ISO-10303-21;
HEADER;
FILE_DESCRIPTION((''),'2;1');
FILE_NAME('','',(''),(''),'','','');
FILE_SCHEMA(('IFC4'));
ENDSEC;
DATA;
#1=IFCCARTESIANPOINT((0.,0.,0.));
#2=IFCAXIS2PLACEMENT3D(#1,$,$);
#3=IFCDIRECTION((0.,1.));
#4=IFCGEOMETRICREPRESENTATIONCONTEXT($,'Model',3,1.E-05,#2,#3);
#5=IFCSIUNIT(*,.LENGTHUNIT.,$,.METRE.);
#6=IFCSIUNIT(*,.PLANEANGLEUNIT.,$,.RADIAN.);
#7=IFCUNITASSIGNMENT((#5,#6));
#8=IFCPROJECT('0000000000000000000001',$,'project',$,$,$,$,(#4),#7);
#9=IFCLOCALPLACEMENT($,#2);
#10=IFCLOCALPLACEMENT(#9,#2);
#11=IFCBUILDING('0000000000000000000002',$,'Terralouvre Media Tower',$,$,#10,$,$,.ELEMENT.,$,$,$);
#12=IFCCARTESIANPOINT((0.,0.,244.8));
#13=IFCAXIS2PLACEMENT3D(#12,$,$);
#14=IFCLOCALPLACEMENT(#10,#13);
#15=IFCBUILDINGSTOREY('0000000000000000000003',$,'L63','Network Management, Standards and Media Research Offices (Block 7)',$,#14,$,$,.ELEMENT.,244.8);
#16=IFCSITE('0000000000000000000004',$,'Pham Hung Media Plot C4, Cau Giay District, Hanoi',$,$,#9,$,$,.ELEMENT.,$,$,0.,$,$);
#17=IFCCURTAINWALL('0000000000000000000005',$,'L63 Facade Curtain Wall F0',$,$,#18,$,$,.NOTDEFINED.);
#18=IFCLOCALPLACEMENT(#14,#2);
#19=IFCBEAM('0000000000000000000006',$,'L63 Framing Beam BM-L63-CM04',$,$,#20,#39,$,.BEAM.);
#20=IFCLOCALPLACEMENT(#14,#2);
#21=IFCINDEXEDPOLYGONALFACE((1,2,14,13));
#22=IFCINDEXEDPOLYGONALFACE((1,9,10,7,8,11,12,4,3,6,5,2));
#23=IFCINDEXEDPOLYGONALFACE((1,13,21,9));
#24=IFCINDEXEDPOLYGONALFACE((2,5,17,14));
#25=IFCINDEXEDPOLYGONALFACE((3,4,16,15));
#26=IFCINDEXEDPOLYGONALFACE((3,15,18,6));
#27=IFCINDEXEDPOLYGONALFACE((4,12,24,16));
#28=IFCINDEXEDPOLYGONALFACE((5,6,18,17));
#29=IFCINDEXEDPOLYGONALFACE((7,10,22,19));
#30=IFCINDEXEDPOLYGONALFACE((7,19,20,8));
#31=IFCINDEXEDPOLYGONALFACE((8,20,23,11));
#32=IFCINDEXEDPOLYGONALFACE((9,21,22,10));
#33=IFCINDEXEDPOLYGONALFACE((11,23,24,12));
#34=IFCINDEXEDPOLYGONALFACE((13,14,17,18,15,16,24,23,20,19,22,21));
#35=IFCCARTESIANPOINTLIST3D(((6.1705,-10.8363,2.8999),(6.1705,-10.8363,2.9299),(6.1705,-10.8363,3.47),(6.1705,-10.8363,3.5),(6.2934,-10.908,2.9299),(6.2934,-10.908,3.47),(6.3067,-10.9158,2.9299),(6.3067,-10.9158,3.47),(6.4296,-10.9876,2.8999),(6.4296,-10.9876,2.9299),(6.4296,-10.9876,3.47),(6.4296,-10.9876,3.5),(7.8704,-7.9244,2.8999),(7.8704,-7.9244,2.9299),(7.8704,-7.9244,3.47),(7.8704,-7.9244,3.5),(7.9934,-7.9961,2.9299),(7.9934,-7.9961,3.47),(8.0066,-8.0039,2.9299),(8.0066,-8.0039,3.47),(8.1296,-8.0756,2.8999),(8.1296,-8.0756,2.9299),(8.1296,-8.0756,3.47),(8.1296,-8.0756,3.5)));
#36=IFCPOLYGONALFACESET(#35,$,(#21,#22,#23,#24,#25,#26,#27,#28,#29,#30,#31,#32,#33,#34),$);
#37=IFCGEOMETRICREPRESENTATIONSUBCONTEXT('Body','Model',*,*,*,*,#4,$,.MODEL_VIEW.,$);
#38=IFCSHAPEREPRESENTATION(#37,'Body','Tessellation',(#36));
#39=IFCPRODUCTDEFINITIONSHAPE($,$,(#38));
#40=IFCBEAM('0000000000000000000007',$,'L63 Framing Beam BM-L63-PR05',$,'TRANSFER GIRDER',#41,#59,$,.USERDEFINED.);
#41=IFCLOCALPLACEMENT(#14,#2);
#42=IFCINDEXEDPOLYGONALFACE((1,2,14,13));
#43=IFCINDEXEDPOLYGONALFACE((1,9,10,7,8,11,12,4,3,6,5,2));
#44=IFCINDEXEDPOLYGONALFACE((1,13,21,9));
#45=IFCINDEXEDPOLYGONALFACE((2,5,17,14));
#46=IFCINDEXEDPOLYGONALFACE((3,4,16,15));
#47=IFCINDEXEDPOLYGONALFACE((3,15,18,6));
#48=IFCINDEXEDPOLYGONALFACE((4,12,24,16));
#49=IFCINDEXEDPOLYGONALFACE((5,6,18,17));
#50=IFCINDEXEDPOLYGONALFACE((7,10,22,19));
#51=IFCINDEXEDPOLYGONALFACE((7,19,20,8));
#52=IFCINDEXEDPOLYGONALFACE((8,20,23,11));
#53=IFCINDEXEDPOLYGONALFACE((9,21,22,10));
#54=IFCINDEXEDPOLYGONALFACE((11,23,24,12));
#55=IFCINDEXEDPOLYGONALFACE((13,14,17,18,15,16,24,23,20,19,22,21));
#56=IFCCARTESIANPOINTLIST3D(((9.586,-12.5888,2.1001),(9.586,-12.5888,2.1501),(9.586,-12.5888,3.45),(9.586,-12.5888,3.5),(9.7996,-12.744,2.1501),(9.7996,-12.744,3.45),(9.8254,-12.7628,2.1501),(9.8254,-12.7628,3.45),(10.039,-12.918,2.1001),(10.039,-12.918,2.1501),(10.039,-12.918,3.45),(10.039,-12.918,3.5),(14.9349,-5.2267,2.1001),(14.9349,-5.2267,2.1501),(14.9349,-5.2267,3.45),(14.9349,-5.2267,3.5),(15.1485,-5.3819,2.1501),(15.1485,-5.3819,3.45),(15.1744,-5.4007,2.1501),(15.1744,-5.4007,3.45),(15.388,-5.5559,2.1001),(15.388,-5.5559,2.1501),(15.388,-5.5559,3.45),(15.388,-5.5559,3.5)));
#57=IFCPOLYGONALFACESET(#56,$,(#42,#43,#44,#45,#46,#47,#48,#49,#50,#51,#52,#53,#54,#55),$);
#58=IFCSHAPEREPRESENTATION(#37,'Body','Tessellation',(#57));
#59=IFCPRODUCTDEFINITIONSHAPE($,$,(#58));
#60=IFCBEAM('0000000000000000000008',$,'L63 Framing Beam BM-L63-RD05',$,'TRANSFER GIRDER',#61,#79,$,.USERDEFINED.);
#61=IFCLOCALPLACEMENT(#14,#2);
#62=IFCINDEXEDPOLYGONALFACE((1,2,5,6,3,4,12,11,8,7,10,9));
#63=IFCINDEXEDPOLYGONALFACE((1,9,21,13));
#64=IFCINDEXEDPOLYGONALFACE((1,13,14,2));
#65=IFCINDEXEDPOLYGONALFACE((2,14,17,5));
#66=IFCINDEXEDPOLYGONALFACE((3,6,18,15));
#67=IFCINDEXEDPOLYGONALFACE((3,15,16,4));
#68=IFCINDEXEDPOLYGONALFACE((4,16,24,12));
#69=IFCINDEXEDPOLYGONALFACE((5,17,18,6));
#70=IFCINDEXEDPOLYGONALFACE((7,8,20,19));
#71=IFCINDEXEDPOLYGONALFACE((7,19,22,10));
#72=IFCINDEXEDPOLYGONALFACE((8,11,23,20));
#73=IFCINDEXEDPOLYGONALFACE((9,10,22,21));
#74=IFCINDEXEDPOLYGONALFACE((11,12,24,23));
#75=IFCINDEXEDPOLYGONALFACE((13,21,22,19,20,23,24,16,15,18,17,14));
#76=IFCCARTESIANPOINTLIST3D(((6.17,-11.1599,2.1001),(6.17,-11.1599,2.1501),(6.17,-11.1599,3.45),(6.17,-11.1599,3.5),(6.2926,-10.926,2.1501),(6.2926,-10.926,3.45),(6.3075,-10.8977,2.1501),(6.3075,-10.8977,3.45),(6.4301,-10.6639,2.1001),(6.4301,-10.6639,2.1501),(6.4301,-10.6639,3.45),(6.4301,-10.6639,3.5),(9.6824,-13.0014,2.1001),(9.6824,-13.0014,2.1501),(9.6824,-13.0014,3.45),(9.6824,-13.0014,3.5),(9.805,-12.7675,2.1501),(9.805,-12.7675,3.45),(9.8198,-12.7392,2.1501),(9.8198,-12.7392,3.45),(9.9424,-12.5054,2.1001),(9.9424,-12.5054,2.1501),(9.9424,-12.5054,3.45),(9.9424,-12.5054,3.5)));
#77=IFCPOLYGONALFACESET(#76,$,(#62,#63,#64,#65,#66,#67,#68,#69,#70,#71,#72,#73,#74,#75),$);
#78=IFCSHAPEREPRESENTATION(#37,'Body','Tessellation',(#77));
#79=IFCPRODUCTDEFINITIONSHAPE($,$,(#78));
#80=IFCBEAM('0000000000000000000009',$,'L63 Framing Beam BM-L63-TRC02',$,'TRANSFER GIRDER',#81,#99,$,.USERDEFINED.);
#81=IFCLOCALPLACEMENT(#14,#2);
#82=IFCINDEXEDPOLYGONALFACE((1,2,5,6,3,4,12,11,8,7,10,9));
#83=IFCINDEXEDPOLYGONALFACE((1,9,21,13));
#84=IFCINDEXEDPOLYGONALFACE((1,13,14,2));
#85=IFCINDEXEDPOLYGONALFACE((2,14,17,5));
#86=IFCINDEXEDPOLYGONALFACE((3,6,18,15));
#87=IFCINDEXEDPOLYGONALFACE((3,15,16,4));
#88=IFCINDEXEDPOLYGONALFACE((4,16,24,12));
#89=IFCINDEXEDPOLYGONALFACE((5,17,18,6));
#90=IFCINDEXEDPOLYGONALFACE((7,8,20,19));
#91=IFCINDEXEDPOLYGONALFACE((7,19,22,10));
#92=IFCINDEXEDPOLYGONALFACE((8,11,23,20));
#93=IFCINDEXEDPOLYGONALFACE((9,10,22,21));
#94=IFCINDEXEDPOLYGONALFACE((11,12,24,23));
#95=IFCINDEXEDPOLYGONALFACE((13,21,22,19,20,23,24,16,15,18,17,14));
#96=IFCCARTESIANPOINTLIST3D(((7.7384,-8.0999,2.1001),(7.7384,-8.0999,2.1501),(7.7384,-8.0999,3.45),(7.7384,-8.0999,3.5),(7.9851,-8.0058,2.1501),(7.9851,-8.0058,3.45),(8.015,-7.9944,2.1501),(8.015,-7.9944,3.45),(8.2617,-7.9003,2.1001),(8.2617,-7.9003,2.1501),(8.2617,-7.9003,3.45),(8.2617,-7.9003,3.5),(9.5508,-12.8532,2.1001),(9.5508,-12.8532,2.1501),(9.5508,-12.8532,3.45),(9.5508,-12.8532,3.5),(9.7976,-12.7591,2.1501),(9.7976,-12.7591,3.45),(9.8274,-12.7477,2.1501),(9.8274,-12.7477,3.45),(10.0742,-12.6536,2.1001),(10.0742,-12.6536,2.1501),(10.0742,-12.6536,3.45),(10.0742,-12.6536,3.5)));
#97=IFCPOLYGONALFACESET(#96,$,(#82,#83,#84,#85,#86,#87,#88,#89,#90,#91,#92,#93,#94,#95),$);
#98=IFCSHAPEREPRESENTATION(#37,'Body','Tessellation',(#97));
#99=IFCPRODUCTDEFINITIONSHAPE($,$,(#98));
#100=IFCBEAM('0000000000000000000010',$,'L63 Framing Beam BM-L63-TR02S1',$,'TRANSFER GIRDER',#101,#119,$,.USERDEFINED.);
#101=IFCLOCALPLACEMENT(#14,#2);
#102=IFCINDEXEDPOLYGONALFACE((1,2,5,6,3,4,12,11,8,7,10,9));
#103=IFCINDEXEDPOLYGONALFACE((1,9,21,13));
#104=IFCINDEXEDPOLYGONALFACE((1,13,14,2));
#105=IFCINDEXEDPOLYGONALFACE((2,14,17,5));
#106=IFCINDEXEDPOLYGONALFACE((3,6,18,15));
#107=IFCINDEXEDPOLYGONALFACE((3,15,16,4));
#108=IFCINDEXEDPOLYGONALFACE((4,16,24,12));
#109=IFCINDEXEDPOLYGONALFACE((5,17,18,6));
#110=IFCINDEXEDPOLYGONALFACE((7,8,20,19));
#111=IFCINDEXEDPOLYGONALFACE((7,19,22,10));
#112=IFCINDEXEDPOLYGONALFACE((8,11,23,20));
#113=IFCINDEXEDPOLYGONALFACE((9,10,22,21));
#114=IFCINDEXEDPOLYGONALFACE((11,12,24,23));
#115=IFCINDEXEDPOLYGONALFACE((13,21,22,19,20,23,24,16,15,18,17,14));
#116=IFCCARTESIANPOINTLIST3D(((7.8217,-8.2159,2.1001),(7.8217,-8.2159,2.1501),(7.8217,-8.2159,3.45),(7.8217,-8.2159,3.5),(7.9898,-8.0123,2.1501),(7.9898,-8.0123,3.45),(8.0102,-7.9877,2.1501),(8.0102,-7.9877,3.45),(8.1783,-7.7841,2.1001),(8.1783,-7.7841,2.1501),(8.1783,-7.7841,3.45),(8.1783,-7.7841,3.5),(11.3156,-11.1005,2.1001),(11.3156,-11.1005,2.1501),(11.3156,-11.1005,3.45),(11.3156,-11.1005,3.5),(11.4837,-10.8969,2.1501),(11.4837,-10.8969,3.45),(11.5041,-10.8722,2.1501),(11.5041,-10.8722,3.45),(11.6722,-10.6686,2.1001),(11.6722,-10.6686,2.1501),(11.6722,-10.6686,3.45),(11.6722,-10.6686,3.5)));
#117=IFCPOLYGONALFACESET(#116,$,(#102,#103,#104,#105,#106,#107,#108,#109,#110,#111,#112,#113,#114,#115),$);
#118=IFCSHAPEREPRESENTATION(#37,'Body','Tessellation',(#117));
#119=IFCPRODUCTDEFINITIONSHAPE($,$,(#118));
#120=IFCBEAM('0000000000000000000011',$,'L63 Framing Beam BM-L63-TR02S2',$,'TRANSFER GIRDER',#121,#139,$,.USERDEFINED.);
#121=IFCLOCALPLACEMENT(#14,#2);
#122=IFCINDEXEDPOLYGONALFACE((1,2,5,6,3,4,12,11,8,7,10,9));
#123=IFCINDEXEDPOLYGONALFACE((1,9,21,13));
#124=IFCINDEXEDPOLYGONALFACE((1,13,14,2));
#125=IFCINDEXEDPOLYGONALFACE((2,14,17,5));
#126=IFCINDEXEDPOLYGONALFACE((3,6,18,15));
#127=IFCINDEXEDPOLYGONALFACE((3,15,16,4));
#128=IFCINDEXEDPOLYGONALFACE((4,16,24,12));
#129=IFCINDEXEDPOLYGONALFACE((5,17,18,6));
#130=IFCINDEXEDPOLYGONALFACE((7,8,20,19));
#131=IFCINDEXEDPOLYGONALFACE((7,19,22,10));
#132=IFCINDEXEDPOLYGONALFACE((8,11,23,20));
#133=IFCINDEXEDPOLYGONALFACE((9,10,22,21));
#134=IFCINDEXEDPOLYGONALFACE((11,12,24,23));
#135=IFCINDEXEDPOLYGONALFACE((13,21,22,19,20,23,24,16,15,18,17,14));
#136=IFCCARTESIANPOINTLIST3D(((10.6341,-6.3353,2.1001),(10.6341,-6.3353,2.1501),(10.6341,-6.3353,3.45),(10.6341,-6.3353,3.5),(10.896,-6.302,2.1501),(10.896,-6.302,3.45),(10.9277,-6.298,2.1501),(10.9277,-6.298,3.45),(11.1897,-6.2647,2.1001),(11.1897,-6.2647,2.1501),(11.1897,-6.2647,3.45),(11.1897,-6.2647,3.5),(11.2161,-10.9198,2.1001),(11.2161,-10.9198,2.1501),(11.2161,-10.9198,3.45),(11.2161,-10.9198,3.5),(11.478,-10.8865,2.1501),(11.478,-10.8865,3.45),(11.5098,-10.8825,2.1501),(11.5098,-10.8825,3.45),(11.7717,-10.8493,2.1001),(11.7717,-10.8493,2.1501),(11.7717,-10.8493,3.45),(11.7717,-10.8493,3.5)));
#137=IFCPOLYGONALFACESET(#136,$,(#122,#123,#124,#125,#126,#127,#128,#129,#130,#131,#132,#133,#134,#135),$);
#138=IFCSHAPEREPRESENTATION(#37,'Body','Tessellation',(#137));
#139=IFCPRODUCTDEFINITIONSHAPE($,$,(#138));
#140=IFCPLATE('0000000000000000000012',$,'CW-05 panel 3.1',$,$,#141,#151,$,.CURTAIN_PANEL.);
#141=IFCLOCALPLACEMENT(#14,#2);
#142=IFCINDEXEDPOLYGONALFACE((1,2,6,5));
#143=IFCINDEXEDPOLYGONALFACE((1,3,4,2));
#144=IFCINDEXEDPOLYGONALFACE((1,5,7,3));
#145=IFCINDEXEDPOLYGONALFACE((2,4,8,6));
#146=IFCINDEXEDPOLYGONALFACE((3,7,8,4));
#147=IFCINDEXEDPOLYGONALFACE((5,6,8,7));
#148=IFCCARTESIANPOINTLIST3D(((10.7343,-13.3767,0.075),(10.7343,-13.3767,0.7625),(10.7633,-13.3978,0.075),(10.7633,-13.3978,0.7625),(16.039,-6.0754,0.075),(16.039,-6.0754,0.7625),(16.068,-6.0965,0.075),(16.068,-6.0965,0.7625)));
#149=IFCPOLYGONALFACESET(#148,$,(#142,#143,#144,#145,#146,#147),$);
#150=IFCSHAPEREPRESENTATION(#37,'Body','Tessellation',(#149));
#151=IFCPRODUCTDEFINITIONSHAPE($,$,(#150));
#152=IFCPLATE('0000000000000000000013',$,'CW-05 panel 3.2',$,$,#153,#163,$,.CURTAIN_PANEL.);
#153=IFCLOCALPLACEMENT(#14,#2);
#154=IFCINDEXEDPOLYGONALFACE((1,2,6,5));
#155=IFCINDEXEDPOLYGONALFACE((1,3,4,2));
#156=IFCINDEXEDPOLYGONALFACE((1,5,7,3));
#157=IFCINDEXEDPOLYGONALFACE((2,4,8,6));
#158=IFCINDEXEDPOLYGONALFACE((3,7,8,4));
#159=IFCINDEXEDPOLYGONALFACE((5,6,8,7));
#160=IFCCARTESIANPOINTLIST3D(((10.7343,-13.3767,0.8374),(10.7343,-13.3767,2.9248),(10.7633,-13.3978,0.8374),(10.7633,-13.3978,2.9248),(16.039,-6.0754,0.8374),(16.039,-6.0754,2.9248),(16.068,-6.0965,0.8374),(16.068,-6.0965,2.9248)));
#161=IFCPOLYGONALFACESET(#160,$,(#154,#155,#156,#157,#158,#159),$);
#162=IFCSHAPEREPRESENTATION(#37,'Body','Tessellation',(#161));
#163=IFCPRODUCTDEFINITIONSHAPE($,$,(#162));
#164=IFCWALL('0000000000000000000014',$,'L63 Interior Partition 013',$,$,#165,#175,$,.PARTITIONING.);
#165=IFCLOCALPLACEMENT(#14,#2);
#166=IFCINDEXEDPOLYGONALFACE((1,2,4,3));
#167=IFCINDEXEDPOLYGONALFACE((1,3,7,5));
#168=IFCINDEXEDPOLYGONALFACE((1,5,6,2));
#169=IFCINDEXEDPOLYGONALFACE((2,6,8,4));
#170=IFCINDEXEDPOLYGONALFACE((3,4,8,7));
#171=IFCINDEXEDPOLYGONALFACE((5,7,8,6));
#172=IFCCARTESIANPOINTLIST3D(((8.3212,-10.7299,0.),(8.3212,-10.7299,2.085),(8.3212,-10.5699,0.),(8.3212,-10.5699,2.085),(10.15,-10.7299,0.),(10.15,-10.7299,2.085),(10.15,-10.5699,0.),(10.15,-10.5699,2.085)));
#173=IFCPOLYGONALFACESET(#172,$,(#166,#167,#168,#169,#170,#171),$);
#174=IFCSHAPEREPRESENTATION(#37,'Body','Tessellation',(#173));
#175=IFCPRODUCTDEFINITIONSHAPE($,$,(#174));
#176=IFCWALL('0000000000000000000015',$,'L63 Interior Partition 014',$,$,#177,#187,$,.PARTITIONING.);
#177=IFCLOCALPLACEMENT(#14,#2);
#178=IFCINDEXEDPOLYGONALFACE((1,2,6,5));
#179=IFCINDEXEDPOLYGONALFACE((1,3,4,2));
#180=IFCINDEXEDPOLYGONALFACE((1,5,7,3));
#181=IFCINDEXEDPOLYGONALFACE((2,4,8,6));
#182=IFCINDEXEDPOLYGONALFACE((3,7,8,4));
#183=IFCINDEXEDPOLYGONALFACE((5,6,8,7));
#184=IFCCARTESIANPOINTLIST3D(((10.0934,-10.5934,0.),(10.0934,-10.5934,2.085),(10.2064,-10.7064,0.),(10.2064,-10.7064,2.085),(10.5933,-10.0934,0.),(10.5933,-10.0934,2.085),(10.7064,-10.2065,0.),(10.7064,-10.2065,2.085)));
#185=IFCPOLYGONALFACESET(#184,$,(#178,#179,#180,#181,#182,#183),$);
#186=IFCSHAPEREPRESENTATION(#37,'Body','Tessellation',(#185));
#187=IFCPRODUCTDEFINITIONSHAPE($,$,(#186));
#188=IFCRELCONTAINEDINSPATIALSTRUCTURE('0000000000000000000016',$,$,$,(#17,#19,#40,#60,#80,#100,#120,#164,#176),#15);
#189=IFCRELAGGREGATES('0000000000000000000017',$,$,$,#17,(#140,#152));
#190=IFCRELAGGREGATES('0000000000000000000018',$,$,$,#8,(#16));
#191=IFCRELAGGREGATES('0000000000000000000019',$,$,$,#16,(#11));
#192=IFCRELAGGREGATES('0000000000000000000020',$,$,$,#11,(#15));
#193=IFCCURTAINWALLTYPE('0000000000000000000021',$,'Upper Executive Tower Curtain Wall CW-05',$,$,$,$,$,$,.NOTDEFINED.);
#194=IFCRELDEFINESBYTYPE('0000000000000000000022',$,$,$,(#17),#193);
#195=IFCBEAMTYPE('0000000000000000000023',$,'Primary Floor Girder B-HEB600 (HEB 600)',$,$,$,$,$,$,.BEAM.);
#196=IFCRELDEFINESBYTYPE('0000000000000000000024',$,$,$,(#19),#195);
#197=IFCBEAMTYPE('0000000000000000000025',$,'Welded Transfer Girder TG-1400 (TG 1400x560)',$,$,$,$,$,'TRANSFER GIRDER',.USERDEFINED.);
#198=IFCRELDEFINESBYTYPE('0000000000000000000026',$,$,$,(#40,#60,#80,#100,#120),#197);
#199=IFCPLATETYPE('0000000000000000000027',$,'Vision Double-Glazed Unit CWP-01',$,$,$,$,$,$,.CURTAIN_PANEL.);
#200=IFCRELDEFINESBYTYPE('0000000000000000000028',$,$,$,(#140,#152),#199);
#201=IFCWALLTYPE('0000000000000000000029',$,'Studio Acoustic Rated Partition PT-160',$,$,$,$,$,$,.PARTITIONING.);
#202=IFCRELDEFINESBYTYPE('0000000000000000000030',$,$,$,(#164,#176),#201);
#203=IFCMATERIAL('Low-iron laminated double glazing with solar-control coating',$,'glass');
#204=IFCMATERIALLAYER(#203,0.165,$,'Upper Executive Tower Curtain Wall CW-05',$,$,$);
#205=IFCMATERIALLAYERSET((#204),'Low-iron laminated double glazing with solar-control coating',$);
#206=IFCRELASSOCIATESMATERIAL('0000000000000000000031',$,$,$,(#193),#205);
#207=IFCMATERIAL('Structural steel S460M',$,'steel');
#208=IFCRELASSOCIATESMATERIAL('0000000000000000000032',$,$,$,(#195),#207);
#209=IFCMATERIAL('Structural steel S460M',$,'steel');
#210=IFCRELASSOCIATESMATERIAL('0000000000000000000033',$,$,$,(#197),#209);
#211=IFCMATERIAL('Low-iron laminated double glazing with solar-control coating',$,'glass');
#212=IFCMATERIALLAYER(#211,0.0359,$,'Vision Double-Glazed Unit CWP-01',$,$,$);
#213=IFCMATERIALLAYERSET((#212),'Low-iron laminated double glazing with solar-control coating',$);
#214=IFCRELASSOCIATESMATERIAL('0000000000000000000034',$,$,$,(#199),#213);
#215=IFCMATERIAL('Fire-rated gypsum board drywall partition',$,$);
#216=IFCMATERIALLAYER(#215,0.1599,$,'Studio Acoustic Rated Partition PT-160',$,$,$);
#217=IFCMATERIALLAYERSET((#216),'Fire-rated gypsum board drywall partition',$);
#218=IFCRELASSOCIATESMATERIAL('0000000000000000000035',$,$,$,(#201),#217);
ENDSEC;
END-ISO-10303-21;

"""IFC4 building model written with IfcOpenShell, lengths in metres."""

from ifc_helpers import new_model, si_unit, direction, frame, frame_2d, origin, origin_2d, place, context, subcontext, project, spatial, rectangle, i_section, extrude, material, layer, layer_set, material_profile, profile_set, type_object, element, aggregate, save


model = new_model("IFC4")

# Units and contexts
model_context = context("Model", 3, precision=1e-05, world=origin(), true_north=direction((0.0, 1.0)))
body_context = subcontext(model_context, "Body", "Model", "MODEL_VIEW")
ifc_project = project(units=[si_unit("LENGTHUNIT", "METRE"), si_unit("PLANEANGLEUNIT", "RADIAN")], contexts=[model_context])

# Site, building, storey
site_placement = place(None, origin())
site = spatial("IfcSite", under=ifc_project, at=site_placement, Name="Pham Hung Media Plot C4, Cau Giay District, Hanoi", CompositionType="ELEMENT", RefElevation=0.0)
building_placement = place(site_placement, origin())
building = spatial("IfcBuilding", under=site, at=building_placement, Name="Terralouvre Media Tower", CompositionType="ELEMENT")
storey_placement = place(building_placement, frame((0.0, 0.0, 244.8)))
storey = spatial("IfcBuildingStorey", under=building, at=storey_placement, Name="L63", Description="Network Management, Standards and Media Research Offices (Block 7)", CompositionType="ELEMENT", Elevation=244.8)

# Curtain wall
ifc_material_1 = material(Name="Low-iron laminated double glazing with solar-control coating", Category="glass")
ifc_layer_1 = layer(ifc_material_1, 0.165, Name="Upper Executive Tower Curtain Wall CW-05")
ifc_layer_set_1 = layer_set([ifc_layer_1], Name="Low-iron laminated double glazing with solar-control coating")
curtain_wall_type = type_object("IfcCurtainWallType", Name="Upper Executive Tower Curtain Wall CW-05", PredefinedType="NOTDEFINED", material=ifc_layer_set_1)
curtain_wall_placement = place(storey_placement, origin())
curtain_wall = element("IfcCurtainWall", 1, at=curtain_wall_placement, inside=storey, type_object=curtain_wall_type, Name="L63 Facade Curtain Wall F0", PredefinedType="NOTDEFINED")

# Beams
ifc_material_2 = material(Name="Structural steel S460M", Category="steel")
ifc_material_profile_1 = material_profile(ifc_material_2, i_section(OverallWidth=0.3, OverallDepth=0.6001, WebThickness=0.0154, FlangeThickness=0.03, at=origin_2d()), Name="HEB 600")
ifc_profile_set_1 = profile_set([ifc_material_profile_1], Name="Structural steel S460M")
beam_type_1 = type_object("IfcBeamType", Name="Primary Floor Girder B-HEB600 (HEB 600)", PredefinedType="BEAM", material=ifc_profile_set_1)
beam_1_placement = place(storey_placement, frame((8.0, -8.0, 3.2), z_axis=(-0.504173, -0.863603, 0.0), x_axis=(0.863603, -0.504173, 0.0)))
element("IfcBeam", 2, at=beam_1_placement, inside=storey, type_object=beam_type_1, Name="L63 Framing Beam BM-L63-CM04", PredefinedType="BEAM", context=body_context, shape_type="SweptSolid", body=[
    extrude(i_section(OverallWidth=0.3, OverallDepth=0.6001, WebThickness=0.0154, FlangeThickness=0.03, at=origin_2d()), origin(), (0.0, 0.0, 1.0), 3.3718),
])
ifc_material_3 = material(Name="Structural steel S460M", Category="steel")
ifc_material_profile_2 = material_profile(ifc_material_3, i_section(OverallWidth=0.5601, OverallDepth=1.3999, WebThickness=0.032, FlangeThickness=0.05, at=origin_2d()), Name="TG 1400x560")
ifc_profile_set_2 = profile_set([ifc_material_profile_2], Name="Structural steel S460M")
beam_type_2 = type_object("IfcBeamType", Name="Welded Transfer Girder TG-1400 (TG 1400x560)", ElementType="TRANSFER GIRDER", PredefinedType="USERDEFINED", material=ifc_profile_set_2)
beam_2_placement = place(storey_placement, frame((9.8125, -12.7534, 2.8), z_axis=(0.587787, 0.809016, 0.0), x_axis=(-0.809016, 0.587787, 0.0)))
element("IfcBeam", 3, at=beam_2_placement, inside=storey, type_object=beam_type_2, Name="L63 Framing Beam BM-L63-PR05", ObjectType="TRANSFER GIRDER", PredefinedType="USERDEFINED", context=body_context, shape_type="SweptSolid", body=[
    extrude(i_section(OverallWidth=0.5601, OverallDepth=1.3999, WebThickness=0.032, FlangeThickness=0.05, at=origin_2d()), origin(), (0.0, 0.0, 1.0), 9.1001),
])
beam_3_placement = place(storey_placement, frame((6.3, -10.9119, 2.8), z_axis=(0.885656, -0.464343, 0.0), x_axis=(0.464343, 0.885656, 0.0)))
element("IfcBeam", 4, at=beam_3_placement, inside=storey, type_object=beam_type_2, Name="L63 Framing Beam BM-L63-RD05", ObjectType="TRANSFER GIRDER", PredefinedType="USERDEFINED", context=body_context, shape_type="SweptSolid", body=[
    extrude(i_section(OverallWidth=0.5601, OverallDepth=1.3999, WebThickness=0.032, FlangeThickness=0.05, at=origin_2d()), origin(), (0.0, 0.0, 1.0), 3.9658),
])
beam_4_placement = place(storey_placement, frame((9.8125, -12.7534, 2.8), z_axis=(-0.356283, 0.934378, 0.0), x_axis=(-0.934378, -0.356283, 0.0)))
element("IfcBeam", 5, at=beam_4_placement, inside=storey, type_object=beam_type_2, Name="L63 Framing Beam BM-L63-TRC02", ObjectType="TRANSFER GIRDER", PredefinedType="USERDEFINED", context=body_context, shape_type="SweptSolid", body=[
    extrude(i_section(OverallWidth=0.5601, OverallDepth=1.3999, WebThickness=0.032, FlangeThickness=0.05, at=origin_2d()), origin(), (0.0, 0.0, 1.0), 5.0872),
])
beam_5_placement = place(storey_placement, frame((11.4939, -10.8845, 2.8), z_axis=(-0.77115, 0.636653, 0.0), x_axis=(-0.636653, -0.77115, 0.0)))
element("IfcBeam", 6, at=beam_5_placement, inside=storey, type_object=beam_type_2, Name="L63 Framing Beam BM-L63-TR02S1", ObjectType="TRANSFER GIRDER", PredefinedType="USERDEFINED", context=body_context, shape_type="SweptSolid", body=[
    extrude(i_section(OverallWidth=0.5601, OverallDepth=1.3999, WebThickness=0.032, FlangeThickness=0.05, at=origin_2d()), origin(), (0.0, 0.0, 1.0), 4.5308),
])
beam_6_placement = place(storey_placement, frame((11.4939, -10.8845, 2.8), z_axis=(-0.125946, 0.992037, 0.0), x_axis=(-0.992037, -0.125946, 0.0)))
element("IfcBeam", 7, at=beam_6_placement, inside=storey, type_object=beam_type_2, Name="L63 Framing Beam BM-L63-TR02S2", ObjectType="TRANSFER GIRDER", PredefinedType="USERDEFINED", context=body_context, shape_type="SweptSolid", body=[
    extrude(i_section(OverallWidth=0.5601, OverallDepth=1.3999, WebThickness=0.032, FlangeThickness=0.05, at=origin_2d()), origin(), (0.0, 0.0, 1.0), 4.6213),
])

# Plates
ifc_material_4 = material(Name="Low-iron laminated double glazing with solar-control coating", Category="glass")
ifc_layer_2 = layer(ifc_material_4, 0.0359, Name="Vision Double-Glazed Unit CWP-01")
ifc_layer_set_2 = layer_set([ifc_layer_2], Name="Low-iron laminated double glazing with solar-control coating")
plate_type = type_object("IfcPlateType", Name="Vision Double-Glazed Unit CWP-01", PredefinedType="CURTAIN_PANEL", material=ifc_layer_set_2)
plate_1_placement = place(storey_placement, frame((13.4011, -9.7366, 0.075), z_axis=(0.0, 0.0, 1.0), x_axis=(0.587785, 0.809017, 0.0)))
plate_1 = element("IfcPlate", 8, at=plate_1_placement, type_object=plate_type, Name="CW-05 panel 3.1", PredefinedType="CURTAIN_PANEL", context=body_context, shape_type="SweptSolid", body=[
    extrude(rectangle(XDim=9.0249, YDim=0.0359, at=origin_2d()), origin(), (0.0, 0.0, 1.0), 0.6875),
])
plate_2_placement = place(storey_placement, frame((13.4011, -9.7366, 0.8374), z_axis=(0.0, 0.0, 1.0), x_axis=(0.587785, 0.809017, 0.0)))
plate_2 = element("IfcPlate", 9, at=plate_2_placement, type_object=plate_type, Name="CW-05 panel 3.2", PredefinedType="CURTAIN_PANEL", context=body_context, shape_type="SweptSolid", body=[
    extrude(rectangle(XDim=9.0249, YDim=0.0359, at=origin_2d()), origin(), (0.0, 0.0, 1.0), 2.0874),
])
aggregate(curtain_wall, [plate_1, plate_2])

# Walls
ifc_material_5 = material(Name="Fire-rated gypsum board drywall partition")
ifc_layer_3 = layer(ifc_material_5, 0.1599, Name="Studio Acoustic Rated Partition PT-160")
ifc_layer_set_3 = layer_set([ifc_layer_3], Name="Fire-rated gypsum board drywall partition")
wall_type = type_object("IfcWallType", Name="Studio Acoustic Rated Partition PT-160", PredefinedType="PARTITIONING", material=ifc_layer_set_3)
wall_1_placement = place(storey_placement, frame((8.321, -10.6499, 0.0), z_axis=(0.0, 0.0, 1.0), x_axis=(1.0, 0.0, 0.0)))
element("IfcWall", 10, at=wall_1_placement, inside=storey, type_object=wall_type, Name="L63 Interior Partition 013", PredefinedType="PARTITIONING", context=body_context, shape_type="SweptSolid", body=[
    extrude(rectangle(XDim=1.8289, YDim=0.1599, at=frame_2d((0.9146, 0.0))), origin(), (0.0, 0.0, 1.0), 2.085),
])
wall_2_placement = place(storey_placement, frame((10.1499, -10.6499, 0.0), z_axis=(0.0, 0.0, 1.0), x_axis=(0.707107, 0.707107, 0.0)))
element("IfcWall", 11, at=wall_2_placement, inside=storey, type_object=wall_type, Name="L63 Interior Partition 014", PredefinedType="PARTITIONING", context=body_context, shape_type="SweptSolid", body=[
    extrude(rectangle(XDim=0.707, YDim=0.1599, at=frame_2d((0.3535, 0.0))), origin(), (0.0, 0.0, 1.0), 2.085),
])

save(model, "model.ifc")
